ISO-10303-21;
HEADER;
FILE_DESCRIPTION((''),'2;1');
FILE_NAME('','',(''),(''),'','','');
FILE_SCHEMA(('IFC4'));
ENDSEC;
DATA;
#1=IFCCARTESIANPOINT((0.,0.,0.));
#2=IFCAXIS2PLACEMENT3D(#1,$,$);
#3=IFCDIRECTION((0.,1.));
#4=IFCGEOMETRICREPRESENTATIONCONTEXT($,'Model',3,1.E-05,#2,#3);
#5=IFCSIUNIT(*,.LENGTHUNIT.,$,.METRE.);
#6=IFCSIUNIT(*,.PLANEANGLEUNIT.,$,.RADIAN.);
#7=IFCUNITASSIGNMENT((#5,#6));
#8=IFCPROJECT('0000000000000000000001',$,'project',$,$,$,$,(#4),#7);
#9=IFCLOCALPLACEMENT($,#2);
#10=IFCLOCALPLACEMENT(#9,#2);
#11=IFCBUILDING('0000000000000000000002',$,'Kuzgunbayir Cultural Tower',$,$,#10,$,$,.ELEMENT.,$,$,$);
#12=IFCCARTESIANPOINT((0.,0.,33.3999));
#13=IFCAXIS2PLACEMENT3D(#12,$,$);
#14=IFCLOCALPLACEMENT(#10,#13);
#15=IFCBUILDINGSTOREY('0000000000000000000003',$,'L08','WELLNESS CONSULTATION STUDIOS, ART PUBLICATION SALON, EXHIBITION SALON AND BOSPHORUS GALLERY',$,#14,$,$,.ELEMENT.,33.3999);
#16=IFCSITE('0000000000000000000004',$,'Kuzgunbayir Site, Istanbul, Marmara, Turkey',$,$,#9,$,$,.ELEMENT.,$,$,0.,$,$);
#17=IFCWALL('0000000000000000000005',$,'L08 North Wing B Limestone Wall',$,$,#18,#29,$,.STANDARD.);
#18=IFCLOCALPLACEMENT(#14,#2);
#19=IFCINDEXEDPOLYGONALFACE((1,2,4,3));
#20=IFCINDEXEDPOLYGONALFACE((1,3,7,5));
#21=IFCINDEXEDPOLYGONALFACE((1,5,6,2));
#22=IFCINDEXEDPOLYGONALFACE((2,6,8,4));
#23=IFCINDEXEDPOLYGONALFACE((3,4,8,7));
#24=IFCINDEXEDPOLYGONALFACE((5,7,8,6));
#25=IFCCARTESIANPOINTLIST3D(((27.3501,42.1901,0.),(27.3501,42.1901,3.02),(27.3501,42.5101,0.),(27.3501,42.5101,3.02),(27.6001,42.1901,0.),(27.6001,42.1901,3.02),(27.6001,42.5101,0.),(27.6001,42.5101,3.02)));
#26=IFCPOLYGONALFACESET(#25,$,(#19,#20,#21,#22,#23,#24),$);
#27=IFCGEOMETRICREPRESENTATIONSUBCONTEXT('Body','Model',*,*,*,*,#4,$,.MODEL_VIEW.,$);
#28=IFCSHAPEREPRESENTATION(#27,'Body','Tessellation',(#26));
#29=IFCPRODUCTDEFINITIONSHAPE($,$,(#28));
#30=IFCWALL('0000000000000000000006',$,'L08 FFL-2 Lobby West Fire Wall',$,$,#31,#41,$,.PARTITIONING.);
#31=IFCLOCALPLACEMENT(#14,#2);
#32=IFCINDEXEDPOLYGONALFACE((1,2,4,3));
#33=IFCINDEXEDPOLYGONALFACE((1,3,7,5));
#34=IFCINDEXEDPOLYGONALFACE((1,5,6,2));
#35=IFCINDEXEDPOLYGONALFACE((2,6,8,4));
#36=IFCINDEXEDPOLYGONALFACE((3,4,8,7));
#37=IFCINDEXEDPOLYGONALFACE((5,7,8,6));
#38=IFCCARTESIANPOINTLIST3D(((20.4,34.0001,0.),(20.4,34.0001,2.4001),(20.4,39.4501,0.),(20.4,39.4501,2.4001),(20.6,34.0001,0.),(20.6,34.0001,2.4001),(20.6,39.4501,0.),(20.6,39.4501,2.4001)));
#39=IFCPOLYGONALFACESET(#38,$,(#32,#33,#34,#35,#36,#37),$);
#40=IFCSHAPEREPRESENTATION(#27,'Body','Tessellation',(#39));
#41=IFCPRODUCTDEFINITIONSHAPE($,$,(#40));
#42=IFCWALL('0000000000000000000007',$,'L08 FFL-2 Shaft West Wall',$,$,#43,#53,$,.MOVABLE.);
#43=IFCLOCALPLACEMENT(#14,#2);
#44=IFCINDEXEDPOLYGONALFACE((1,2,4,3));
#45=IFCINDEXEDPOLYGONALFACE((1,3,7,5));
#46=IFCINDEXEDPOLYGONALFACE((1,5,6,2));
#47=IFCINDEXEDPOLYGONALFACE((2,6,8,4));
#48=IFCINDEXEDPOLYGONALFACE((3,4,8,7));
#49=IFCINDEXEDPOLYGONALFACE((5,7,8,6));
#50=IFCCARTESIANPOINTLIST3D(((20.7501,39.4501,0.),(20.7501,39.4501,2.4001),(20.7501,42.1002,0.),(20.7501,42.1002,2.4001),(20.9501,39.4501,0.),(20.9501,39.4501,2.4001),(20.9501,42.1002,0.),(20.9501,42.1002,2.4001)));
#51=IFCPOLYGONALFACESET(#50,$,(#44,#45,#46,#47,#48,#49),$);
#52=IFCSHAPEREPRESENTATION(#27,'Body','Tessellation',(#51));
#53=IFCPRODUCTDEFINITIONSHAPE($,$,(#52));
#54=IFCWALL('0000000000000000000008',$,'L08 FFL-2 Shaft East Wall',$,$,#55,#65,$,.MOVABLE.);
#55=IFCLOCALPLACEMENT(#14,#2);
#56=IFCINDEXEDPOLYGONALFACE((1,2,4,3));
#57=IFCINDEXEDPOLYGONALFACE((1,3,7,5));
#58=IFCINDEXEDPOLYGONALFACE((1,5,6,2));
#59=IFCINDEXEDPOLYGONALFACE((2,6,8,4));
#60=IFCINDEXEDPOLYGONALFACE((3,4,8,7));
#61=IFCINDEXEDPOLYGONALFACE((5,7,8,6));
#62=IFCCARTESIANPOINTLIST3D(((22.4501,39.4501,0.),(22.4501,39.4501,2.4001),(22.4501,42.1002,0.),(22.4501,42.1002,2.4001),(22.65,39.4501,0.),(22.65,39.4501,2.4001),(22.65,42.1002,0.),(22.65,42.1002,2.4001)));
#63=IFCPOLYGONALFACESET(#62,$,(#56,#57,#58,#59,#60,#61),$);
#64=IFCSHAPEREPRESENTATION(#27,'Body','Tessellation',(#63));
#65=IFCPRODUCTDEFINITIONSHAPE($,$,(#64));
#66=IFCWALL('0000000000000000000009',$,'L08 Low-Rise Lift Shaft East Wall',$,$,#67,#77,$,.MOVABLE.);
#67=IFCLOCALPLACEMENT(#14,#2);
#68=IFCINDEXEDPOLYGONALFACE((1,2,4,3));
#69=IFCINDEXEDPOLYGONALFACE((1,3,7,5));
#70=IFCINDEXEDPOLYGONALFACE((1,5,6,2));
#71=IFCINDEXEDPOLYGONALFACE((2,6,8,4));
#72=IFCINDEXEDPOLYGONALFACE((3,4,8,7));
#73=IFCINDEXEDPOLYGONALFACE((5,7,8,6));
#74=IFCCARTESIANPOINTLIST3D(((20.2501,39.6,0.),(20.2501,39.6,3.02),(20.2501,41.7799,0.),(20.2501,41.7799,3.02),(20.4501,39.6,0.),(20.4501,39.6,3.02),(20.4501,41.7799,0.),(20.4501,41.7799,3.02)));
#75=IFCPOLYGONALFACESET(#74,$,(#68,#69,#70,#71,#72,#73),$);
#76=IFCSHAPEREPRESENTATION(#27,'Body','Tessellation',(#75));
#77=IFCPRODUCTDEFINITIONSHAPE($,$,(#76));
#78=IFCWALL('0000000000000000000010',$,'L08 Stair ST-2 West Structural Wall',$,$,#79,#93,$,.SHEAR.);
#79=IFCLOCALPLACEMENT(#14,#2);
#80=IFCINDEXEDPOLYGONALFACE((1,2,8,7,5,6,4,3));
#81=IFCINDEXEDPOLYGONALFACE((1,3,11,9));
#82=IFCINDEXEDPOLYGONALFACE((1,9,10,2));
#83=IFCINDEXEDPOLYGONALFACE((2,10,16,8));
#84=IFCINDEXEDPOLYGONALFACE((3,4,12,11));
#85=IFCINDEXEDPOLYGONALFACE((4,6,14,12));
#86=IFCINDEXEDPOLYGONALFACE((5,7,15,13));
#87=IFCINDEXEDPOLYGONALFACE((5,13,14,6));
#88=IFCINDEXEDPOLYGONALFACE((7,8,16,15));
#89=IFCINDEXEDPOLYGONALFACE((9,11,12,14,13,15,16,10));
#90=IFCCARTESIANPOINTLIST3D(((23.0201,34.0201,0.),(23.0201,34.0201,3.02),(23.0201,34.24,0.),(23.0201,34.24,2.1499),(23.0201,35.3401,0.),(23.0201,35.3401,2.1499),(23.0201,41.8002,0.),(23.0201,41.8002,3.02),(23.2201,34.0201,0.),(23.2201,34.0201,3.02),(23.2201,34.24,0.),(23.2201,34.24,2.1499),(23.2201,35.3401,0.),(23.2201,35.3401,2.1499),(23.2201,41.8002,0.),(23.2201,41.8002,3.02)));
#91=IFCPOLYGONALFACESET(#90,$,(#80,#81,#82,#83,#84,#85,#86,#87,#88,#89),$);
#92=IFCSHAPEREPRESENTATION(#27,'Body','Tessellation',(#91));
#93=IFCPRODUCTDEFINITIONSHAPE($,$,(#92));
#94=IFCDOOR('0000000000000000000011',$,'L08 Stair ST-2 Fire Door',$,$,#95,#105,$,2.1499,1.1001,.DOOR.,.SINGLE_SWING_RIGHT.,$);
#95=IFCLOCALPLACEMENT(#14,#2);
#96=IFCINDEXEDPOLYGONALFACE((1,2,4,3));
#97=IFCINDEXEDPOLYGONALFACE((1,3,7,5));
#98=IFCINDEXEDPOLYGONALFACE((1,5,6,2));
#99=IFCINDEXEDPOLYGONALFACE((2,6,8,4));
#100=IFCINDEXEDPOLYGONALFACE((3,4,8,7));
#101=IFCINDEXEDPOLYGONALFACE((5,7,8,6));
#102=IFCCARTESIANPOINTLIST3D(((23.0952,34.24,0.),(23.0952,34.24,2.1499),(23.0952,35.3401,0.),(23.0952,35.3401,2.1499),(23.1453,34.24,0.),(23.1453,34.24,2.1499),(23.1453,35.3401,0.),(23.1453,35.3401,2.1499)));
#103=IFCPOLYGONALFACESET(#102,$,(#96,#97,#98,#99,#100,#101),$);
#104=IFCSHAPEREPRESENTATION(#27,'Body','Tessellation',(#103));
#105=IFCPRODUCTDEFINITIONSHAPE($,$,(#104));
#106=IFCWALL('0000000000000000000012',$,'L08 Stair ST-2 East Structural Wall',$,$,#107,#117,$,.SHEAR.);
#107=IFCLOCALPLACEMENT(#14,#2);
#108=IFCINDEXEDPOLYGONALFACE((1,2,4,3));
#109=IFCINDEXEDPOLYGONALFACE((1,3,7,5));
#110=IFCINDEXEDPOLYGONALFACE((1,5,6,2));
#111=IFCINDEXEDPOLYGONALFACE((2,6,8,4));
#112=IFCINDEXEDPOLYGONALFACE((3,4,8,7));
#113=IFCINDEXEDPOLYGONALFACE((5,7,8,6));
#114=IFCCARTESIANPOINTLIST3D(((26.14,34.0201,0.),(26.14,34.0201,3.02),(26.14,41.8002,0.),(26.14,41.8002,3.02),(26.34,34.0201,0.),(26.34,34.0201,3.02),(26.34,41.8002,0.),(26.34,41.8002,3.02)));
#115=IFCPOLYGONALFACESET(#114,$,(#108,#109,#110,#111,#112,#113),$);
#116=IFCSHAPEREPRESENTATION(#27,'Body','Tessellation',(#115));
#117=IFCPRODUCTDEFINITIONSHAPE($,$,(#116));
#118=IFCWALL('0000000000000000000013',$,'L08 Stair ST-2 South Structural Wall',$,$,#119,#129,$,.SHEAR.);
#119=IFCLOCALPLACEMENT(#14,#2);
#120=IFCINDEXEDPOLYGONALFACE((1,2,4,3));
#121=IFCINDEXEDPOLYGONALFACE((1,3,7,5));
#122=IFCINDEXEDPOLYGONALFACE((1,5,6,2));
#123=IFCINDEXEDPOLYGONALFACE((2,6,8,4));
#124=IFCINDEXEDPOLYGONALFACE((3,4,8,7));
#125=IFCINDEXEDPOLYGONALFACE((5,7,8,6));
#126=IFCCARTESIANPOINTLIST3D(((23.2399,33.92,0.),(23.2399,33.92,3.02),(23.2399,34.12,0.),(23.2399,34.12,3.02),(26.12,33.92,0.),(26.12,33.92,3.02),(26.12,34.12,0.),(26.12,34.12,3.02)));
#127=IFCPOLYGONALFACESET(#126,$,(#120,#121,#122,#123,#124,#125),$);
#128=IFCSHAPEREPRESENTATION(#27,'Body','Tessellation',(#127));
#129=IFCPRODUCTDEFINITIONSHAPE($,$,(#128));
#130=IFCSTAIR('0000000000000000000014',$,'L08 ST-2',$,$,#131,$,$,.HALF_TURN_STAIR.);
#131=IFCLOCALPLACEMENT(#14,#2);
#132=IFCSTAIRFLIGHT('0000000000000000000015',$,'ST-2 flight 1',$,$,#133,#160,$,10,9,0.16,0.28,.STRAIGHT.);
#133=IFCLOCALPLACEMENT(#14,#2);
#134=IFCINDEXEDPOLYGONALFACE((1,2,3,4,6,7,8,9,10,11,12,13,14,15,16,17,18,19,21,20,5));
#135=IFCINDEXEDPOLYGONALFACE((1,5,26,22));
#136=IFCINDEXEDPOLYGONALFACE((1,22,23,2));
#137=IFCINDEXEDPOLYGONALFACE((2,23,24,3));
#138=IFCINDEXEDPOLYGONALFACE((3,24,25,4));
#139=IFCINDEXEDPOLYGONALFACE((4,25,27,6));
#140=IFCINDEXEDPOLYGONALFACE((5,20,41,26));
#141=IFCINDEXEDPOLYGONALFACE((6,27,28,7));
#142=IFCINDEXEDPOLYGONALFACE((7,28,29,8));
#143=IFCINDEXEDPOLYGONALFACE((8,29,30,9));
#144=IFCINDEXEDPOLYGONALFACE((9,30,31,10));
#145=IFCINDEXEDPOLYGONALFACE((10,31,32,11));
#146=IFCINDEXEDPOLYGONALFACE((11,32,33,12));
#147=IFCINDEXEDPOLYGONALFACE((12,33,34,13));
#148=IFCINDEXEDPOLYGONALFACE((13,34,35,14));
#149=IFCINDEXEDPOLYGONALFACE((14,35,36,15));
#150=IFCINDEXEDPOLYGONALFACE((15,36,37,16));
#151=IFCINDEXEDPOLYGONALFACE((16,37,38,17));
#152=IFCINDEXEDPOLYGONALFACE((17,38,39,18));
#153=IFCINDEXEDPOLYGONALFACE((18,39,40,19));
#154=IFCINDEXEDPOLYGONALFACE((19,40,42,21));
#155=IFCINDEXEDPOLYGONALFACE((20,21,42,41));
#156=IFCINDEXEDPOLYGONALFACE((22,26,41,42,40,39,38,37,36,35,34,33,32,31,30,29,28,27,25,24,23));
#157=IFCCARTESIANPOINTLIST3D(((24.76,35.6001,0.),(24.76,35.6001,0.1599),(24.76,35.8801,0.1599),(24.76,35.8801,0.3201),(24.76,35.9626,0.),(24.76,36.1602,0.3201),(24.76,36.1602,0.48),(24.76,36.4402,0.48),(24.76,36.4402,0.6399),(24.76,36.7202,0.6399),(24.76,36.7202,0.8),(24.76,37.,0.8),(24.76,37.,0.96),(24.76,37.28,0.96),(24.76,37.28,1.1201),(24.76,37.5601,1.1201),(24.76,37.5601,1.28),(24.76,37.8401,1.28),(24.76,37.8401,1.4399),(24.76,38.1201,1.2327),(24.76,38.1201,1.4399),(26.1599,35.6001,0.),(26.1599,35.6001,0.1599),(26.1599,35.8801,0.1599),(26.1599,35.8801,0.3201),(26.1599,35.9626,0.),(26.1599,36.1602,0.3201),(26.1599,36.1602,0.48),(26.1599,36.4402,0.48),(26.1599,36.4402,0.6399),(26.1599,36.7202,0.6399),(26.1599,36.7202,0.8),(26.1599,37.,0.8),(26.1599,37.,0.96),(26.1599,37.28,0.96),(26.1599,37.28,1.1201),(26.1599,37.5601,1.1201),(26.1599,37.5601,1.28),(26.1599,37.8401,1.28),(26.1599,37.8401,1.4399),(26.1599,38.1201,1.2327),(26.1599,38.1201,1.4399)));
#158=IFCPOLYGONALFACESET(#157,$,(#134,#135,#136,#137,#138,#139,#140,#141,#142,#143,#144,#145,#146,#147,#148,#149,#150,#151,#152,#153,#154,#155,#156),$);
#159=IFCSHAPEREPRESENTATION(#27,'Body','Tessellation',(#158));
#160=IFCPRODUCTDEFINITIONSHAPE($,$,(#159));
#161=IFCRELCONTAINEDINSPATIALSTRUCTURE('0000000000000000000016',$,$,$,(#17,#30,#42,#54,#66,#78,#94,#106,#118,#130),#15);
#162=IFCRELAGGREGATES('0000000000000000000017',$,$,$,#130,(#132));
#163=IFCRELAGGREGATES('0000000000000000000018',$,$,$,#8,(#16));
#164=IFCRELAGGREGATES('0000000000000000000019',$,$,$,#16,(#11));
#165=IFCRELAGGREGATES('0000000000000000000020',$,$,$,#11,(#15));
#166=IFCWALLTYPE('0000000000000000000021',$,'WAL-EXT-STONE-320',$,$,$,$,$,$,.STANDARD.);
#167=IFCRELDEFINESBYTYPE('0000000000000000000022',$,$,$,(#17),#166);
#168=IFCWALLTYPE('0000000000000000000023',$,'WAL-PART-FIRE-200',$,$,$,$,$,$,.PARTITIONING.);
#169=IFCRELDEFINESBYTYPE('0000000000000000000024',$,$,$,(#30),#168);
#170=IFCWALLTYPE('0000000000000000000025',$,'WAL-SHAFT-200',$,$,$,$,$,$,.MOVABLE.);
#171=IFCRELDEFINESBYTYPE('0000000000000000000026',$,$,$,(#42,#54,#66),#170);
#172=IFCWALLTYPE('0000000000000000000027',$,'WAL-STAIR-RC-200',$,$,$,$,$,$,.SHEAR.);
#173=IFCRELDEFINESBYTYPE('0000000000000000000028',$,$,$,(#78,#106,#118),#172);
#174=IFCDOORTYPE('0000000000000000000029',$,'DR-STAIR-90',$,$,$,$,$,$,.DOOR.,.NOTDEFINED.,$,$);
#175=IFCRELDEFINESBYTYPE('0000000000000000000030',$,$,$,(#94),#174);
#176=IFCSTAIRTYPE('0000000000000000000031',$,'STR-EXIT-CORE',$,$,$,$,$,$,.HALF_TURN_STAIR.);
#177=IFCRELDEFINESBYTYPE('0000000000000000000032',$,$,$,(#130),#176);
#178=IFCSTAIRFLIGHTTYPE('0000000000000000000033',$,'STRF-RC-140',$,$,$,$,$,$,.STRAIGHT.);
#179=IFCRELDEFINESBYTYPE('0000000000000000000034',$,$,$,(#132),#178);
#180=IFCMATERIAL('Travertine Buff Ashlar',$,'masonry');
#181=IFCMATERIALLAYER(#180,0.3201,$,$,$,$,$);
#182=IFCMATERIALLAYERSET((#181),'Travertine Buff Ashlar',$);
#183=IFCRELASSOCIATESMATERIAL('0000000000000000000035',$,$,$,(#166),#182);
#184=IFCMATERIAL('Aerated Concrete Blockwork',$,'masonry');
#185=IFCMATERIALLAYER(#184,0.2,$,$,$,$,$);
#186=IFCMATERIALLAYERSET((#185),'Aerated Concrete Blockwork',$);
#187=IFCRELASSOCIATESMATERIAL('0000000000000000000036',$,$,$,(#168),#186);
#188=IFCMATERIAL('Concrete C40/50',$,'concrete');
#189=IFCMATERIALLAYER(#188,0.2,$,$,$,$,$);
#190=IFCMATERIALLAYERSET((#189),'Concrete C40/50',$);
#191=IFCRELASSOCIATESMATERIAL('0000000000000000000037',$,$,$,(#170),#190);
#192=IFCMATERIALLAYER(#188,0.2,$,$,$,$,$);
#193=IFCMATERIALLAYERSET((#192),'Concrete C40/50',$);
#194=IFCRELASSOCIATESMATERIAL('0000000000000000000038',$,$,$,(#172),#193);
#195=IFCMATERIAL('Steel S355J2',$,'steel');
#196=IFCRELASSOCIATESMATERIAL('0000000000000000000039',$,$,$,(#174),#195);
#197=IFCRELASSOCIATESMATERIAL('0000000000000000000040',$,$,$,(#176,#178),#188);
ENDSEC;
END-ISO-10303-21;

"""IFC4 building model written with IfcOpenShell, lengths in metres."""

from ifc_helpers import new_model, si_unit, direction, frame, frame_2d, origin, place, context, subcontext, project, spatial, polyline, rectangle, outline, extrude, material, layer, layer_set, type_object, element, fill, aggregate, save


model = new_model("IFC4")

# Units and contexts
model_context = context("Model", 3, precision=1e-05, world=origin(), true_north=direction((0.0, 1.0)))
body_context = subcontext(model_context, "Body", "Model", "MODEL_VIEW")
ifc_project = project(units=[si_unit("LENGTHUNIT", "METRE"), si_unit("PLANEANGLEUNIT", "RADIAN")], contexts=[model_context])

# Site, building, storey
site_placement = place(None, origin())
site = spatial("IfcSite", under=ifc_project, at=site_placement, Name="Kuzgunbayir Site, Istanbul, Marmara, Turkey", CompositionType="ELEMENT", RefElevation=0.0)
building_placement = place(site_placement, origin())
building = spatial("IfcBuilding", under=site, at=building_placement, Name="Kuzgunbayir Cultural Tower", CompositionType="ELEMENT")
storey_placement = place(building_placement, frame((0.0, 0.0, 33.3999)))
storey = spatial("IfcBuildingStorey", under=building, at=storey_placement, Name="L08", Description="WELLNESS CONSULTATION STUDIOS, ART PUBLICATION SALON, EXHIBITION SALON AND BOSPHORUS GALLERY", CompositionType="ELEMENT", Elevation=33.3999)

# Shared definitions
ifc_material_1 = material(Name="Steel S355J2", Category="steel")

# Walls
ifc_material_2 = material(Name="Travertine Buff Ashlar", Category="masonry")
ifc_layer_1 = layer(ifc_material_2, 0.3201)
ifc_layer_set_1 = layer_set([ifc_layer_1], Name="Travertine Buff Ashlar")
wall_type_1 = type_object("IfcWallType", Name="WAL-EXT-STONE-320", PredefinedType="STANDARD", material=ifc_layer_set_1)
wall_1_placement = place(storey_placement, frame((27.6001, 42.3501, 0.0), z_axis=(0.0, 0.0, 1.0), x_axis=(-1.0, 0.0, 0.0)))
element("IfcWall", 1, at=wall_1_placement, inside=storey, type_object=wall_type_1, Name="L08 North Wing B Limestone Wall", PredefinedType="STANDARD", context=body_context, shape_type="SweptSolid", body=[
    extrude(rectangle(XDim=0.25, YDim=0.3201, at=frame_2d((0.125, 0.0))), origin(), (0.0, 0.0, 1.0), 3.02),
])
ifc_material_3 = material(Name="Aerated Concrete Blockwork", Category="masonry")
ifc_layer_2 = layer(ifc_material_3, 0.2)
ifc_layer_set_2 = layer_set([ifc_layer_2], Name="Aerated Concrete Blockwork")
wall_type_2 = type_object("IfcWallType", Name="WAL-PART-FIRE-200", PredefinedType="PARTITIONING", material=ifc_layer_set_2)
wall_2_placement = place(storey_placement, frame((20.5, 34.0, 0.0), z_axis=(0.0, 0.0, 1.0), x_axis=(0.0, 1.0, 0.0)))
element("IfcWall", 2, at=wall_2_placement, inside=storey, type_object=wall_type_2, Name="L08 FFL-2 Lobby West Fire Wall", PredefinedType="PARTITIONING", context=body_context, shape_type="SweptSolid", body=[
    extrude(rectangle(XDim=5.45, YDim=0.2, at=frame_2d((2.7251, 0.0))), origin(), (0.0, 0.0, 1.0), 2.4001),
])

# Shared definitions
ifc_material_4 = material(Name="Concrete C40/50", Category="concrete")
ifc_layer_3 = layer(ifc_material_4, 0.2)
ifc_layer_set_3 = layer_set([ifc_layer_3], Name="Concrete C40/50")
wall_type_3 = type_object("IfcWallType", Name="WAL-SHAFT-200", PredefinedType="MOVABLE", material=ifc_layer_set_3)

# Walls
for number, where, z_axis, x_axis, name in (
    (3, (20.8501, 39.45, 0.0), (0.0, 0.0, 1.0), (0.0, 1.0, 0.0), "L08 FFL-2 Shaft West Wall"),
    (4, (22.55, 39.45, 0.0), (0.0, 0.0, 1.0), (0.0, 1.0, 0.0), "L08 FFL-2 Shaft East Wall"),
):
    element("IfcWall", number, at=place(storey_placement, frame(where, z_axis=z_axis, x_axis=x_axis)), inside=storey, type_object=wall_type_3, Name=name, PredefinedType="MOVABLE", context=body_context, shape_type="SweptSolid", body=[
        extrude(rectangle(XDim=2.6501, YDim=0.2, at=frame_2d((1.3252, 0.0))), origin(), (0.0, 0.0, 1.0), 2.4001),
    ])
wall_3_placement = place(storey_placement, frame((20.3501, 39.6001, 0.0), z_axis=(0.0, 0.0, 1.0), x_axis=(0.0, 1.0, 0.0)))
element("IfcWall", 5, at=wall_3_placement, inside=storey, type_object=wall_type_3, Name="L08 Low-Rise Lift Shaft East Wall", PredefinedType="MOVABLE", context=body_context, shape_type="SweptSolid", body=[
    extrude(rectangle(XDim=2.1799, YDim=0.2, at=frame_2d((1.0898, 0.0))), origin(), (0.0, 0.0, 1.0), 3.02),
])

# Wall, opening, door
ifc_layer_4 = layer(ifc_material_4, 0.2)
ifc_layer_set_4 = layer_set([ifc_layer_4], Name="Concrete C40/50")
wall_type_4 = type_object("IfcWallType", Name="WAL-STAIR-RC-200", PredefinedType="SHEAR", material=ifc_layer_set_4)
wall_4_placement = place(storey_placement, frame((23.1201, 34.02, 0.0), z_axis=(0.0, 0.0, 1.0), x_axis=(0.0, 1.0, 0.0)))
wall_4 = element("IfcWall", 6, at=wall_4_placement, inside=storey, type_object=wall_type_4, Name="L08 Stair ST-2 West Structural Wall", PredefinedType="SHEAR", context=body_context, shape_type="SweptSolid", body=[
    extrude(rectangle(XDim=7.78, YDim=0.2, at=frame_2d((3.8901, 0.0))), origin(), (0.0, 0.0, 1.0), 3.02),
])
opening_1_placement = place(wall_4_placement, frame((0.22, 0.0, 0.0)))
opening_1 = element("IfcOpeningElement", 7, at=opening_1_placement, cuts=wall_4, PredefinedType="OPENING", context=body_context, shape_type="SweptSolid", body=[
    extrude(rectangle(XDim=1.1001, YDim=2.1499, at=frame_2d((0.55, 1.075))), frame((0.0, 0.1099, 0.0), z_axis=(0.0, -1.0, 0.0), x_axis=(1.0, 0.0, 0.0)), (0.0, 0.0, 1.0), 0.22),
])
door_type_1 = type_object("IfcDoorType", Name="DR-STAIR-90", OperationType="NOTDEFINED", PredefinedType="DOOR", material=ifc_material_1)
door_1_placement = place(opening_1_placement, origin())
door_1 = element("IfcDoor", 8, at=door_1_placement, inside=storey, type_object=door_type_1, Name="L08 Stair ST-2 Fire Door", OperationType="SINGLE_SWING_RIGHT", OverallHeight=2.1499, OverallWidth=1.1001, PredefinedType="DOOR", context=body_context, shape_type="SweptSolid", body=[
    extrude(rectangle(XDim=1.1001, YDim=2.1499, at=frame_2d((0.55, 1.075))), frame((0.0, 0.0249, 0.0), z_axis=(0.0, -1.0, 0.0), x_axis=(1.0, 0.0, 0.0)), (0.0, 0.0, 1.0), 0.05),
])
fill(opening_1, door_1)

# Walls
wall_5_placement = place(storey_placement, frame((26.24, 34.02, 0.0), z_axis=(0.0, 0.0, 1.0), x_axis=(0.0, 1.0, 0.0)))
element("IfcWall", 9, at=wall_5_placement, inside=storey, type_object=wall_type_4, Name="L08 Stair ST-2 East Structural Wall", PredefinedType="SHEAR", context=body_context, shape_type="SweptSolid", body=[
    extrude(rectangle(XDim=7.78, YDim=0.2, at=frame_2d((3.8901, 0.0))), origin(), (0.0, 0.0, 1.0), 3.02),
])
wall_6_placement = place(storey_placement, frame((23.24, 34.02, 0.0), z_axis=(0.0, 0.0, 1.0), x_axis=(1.0, 0.0, 0.0)))
element("IfcWall", 10, at=wall_6_placement, inside=storey, type_object=wall_type_4, Name="L08 Stair ST-2 South Structural Wall", PredefinedType="SHEAR", context=body_context, shape_type="SweptSolid", body=[
    extrude(rectangle(XDim=2.8801, YDim=0.2, at=frame_2d((1.4399, 0.0))), origin(), (0.0, 0.0, 1.0), 3.02),
])

# Stair, stair flight
stair_type = type_object("IfcStairType", Name="STR-EXIT-CORE", PredefinedType="HALF_TURN_STAIR", material=ifc_material_4)
stair_placement = place(storey_placement, origin())
stair = element("IfcStair", 11, at=stair_placement, inside=storey, type_object=stair_type, Name="L08 ST-2", PredefinedType="HALF_TURN_STAIR")
stair_flight_type = type_object("IfcStairFlightType", Name="STRF-RC-140", PredefinedType="STRAIGHT", material=ifc_material_4)
stair_flight_1_placement = place(storey_placement, frame((25.46, 35.6001, 0.0), z_axis=(0.0, 0.0, 1.0), x_axis=(0.0, 1.0, 0.0)))
stair_flight_1 = element("IfcStairFlight", 12, at=stair_flight_1_placement, type_object=stair_flight_type, Name="ST-2 flight 1", NumberOfRisers=10, NumberOfTreads=9, PredefinedType="STRAIGHT", RiserHeight=0.16, TreadLength=0.28, context=body_context, shape_type="SweptSolid", body=[
    extrude(outline(polyline([(0.0, 0.0), (0.0, 0.1599), (0.28, 0.1599), (0.28, 0.3201), (0.5601, 0.3201), (0.5601, 0.48), (0.8401, 0.48), (0.8401, 0.6399), (1.1201, 0.6399), (1.1201, 0.8), (1.3999, 0.8), (1.3999, 0.96), (1.6799, 0.96), (1.6799, 1.1201), (1.96, 1.1201), (1.96, 1.28), (2.24, 1.28), (2.24, 1.4399), (2.52, 1.4399), (2.52, 1.6001), (2.52, 1.2327), (0.3625, 0.0), (0.0, 0.0)])), frame((0.0, 0.7, 0.0), z_axis=(0.0, -1.0, 0.0), x_axis=(1.0, 0.0, 0.0)), (0.0, 0.0, 1.0), 1.3999),
])
aggregate(stair, [stair_flight_1])

save(model, "model.ifc")
